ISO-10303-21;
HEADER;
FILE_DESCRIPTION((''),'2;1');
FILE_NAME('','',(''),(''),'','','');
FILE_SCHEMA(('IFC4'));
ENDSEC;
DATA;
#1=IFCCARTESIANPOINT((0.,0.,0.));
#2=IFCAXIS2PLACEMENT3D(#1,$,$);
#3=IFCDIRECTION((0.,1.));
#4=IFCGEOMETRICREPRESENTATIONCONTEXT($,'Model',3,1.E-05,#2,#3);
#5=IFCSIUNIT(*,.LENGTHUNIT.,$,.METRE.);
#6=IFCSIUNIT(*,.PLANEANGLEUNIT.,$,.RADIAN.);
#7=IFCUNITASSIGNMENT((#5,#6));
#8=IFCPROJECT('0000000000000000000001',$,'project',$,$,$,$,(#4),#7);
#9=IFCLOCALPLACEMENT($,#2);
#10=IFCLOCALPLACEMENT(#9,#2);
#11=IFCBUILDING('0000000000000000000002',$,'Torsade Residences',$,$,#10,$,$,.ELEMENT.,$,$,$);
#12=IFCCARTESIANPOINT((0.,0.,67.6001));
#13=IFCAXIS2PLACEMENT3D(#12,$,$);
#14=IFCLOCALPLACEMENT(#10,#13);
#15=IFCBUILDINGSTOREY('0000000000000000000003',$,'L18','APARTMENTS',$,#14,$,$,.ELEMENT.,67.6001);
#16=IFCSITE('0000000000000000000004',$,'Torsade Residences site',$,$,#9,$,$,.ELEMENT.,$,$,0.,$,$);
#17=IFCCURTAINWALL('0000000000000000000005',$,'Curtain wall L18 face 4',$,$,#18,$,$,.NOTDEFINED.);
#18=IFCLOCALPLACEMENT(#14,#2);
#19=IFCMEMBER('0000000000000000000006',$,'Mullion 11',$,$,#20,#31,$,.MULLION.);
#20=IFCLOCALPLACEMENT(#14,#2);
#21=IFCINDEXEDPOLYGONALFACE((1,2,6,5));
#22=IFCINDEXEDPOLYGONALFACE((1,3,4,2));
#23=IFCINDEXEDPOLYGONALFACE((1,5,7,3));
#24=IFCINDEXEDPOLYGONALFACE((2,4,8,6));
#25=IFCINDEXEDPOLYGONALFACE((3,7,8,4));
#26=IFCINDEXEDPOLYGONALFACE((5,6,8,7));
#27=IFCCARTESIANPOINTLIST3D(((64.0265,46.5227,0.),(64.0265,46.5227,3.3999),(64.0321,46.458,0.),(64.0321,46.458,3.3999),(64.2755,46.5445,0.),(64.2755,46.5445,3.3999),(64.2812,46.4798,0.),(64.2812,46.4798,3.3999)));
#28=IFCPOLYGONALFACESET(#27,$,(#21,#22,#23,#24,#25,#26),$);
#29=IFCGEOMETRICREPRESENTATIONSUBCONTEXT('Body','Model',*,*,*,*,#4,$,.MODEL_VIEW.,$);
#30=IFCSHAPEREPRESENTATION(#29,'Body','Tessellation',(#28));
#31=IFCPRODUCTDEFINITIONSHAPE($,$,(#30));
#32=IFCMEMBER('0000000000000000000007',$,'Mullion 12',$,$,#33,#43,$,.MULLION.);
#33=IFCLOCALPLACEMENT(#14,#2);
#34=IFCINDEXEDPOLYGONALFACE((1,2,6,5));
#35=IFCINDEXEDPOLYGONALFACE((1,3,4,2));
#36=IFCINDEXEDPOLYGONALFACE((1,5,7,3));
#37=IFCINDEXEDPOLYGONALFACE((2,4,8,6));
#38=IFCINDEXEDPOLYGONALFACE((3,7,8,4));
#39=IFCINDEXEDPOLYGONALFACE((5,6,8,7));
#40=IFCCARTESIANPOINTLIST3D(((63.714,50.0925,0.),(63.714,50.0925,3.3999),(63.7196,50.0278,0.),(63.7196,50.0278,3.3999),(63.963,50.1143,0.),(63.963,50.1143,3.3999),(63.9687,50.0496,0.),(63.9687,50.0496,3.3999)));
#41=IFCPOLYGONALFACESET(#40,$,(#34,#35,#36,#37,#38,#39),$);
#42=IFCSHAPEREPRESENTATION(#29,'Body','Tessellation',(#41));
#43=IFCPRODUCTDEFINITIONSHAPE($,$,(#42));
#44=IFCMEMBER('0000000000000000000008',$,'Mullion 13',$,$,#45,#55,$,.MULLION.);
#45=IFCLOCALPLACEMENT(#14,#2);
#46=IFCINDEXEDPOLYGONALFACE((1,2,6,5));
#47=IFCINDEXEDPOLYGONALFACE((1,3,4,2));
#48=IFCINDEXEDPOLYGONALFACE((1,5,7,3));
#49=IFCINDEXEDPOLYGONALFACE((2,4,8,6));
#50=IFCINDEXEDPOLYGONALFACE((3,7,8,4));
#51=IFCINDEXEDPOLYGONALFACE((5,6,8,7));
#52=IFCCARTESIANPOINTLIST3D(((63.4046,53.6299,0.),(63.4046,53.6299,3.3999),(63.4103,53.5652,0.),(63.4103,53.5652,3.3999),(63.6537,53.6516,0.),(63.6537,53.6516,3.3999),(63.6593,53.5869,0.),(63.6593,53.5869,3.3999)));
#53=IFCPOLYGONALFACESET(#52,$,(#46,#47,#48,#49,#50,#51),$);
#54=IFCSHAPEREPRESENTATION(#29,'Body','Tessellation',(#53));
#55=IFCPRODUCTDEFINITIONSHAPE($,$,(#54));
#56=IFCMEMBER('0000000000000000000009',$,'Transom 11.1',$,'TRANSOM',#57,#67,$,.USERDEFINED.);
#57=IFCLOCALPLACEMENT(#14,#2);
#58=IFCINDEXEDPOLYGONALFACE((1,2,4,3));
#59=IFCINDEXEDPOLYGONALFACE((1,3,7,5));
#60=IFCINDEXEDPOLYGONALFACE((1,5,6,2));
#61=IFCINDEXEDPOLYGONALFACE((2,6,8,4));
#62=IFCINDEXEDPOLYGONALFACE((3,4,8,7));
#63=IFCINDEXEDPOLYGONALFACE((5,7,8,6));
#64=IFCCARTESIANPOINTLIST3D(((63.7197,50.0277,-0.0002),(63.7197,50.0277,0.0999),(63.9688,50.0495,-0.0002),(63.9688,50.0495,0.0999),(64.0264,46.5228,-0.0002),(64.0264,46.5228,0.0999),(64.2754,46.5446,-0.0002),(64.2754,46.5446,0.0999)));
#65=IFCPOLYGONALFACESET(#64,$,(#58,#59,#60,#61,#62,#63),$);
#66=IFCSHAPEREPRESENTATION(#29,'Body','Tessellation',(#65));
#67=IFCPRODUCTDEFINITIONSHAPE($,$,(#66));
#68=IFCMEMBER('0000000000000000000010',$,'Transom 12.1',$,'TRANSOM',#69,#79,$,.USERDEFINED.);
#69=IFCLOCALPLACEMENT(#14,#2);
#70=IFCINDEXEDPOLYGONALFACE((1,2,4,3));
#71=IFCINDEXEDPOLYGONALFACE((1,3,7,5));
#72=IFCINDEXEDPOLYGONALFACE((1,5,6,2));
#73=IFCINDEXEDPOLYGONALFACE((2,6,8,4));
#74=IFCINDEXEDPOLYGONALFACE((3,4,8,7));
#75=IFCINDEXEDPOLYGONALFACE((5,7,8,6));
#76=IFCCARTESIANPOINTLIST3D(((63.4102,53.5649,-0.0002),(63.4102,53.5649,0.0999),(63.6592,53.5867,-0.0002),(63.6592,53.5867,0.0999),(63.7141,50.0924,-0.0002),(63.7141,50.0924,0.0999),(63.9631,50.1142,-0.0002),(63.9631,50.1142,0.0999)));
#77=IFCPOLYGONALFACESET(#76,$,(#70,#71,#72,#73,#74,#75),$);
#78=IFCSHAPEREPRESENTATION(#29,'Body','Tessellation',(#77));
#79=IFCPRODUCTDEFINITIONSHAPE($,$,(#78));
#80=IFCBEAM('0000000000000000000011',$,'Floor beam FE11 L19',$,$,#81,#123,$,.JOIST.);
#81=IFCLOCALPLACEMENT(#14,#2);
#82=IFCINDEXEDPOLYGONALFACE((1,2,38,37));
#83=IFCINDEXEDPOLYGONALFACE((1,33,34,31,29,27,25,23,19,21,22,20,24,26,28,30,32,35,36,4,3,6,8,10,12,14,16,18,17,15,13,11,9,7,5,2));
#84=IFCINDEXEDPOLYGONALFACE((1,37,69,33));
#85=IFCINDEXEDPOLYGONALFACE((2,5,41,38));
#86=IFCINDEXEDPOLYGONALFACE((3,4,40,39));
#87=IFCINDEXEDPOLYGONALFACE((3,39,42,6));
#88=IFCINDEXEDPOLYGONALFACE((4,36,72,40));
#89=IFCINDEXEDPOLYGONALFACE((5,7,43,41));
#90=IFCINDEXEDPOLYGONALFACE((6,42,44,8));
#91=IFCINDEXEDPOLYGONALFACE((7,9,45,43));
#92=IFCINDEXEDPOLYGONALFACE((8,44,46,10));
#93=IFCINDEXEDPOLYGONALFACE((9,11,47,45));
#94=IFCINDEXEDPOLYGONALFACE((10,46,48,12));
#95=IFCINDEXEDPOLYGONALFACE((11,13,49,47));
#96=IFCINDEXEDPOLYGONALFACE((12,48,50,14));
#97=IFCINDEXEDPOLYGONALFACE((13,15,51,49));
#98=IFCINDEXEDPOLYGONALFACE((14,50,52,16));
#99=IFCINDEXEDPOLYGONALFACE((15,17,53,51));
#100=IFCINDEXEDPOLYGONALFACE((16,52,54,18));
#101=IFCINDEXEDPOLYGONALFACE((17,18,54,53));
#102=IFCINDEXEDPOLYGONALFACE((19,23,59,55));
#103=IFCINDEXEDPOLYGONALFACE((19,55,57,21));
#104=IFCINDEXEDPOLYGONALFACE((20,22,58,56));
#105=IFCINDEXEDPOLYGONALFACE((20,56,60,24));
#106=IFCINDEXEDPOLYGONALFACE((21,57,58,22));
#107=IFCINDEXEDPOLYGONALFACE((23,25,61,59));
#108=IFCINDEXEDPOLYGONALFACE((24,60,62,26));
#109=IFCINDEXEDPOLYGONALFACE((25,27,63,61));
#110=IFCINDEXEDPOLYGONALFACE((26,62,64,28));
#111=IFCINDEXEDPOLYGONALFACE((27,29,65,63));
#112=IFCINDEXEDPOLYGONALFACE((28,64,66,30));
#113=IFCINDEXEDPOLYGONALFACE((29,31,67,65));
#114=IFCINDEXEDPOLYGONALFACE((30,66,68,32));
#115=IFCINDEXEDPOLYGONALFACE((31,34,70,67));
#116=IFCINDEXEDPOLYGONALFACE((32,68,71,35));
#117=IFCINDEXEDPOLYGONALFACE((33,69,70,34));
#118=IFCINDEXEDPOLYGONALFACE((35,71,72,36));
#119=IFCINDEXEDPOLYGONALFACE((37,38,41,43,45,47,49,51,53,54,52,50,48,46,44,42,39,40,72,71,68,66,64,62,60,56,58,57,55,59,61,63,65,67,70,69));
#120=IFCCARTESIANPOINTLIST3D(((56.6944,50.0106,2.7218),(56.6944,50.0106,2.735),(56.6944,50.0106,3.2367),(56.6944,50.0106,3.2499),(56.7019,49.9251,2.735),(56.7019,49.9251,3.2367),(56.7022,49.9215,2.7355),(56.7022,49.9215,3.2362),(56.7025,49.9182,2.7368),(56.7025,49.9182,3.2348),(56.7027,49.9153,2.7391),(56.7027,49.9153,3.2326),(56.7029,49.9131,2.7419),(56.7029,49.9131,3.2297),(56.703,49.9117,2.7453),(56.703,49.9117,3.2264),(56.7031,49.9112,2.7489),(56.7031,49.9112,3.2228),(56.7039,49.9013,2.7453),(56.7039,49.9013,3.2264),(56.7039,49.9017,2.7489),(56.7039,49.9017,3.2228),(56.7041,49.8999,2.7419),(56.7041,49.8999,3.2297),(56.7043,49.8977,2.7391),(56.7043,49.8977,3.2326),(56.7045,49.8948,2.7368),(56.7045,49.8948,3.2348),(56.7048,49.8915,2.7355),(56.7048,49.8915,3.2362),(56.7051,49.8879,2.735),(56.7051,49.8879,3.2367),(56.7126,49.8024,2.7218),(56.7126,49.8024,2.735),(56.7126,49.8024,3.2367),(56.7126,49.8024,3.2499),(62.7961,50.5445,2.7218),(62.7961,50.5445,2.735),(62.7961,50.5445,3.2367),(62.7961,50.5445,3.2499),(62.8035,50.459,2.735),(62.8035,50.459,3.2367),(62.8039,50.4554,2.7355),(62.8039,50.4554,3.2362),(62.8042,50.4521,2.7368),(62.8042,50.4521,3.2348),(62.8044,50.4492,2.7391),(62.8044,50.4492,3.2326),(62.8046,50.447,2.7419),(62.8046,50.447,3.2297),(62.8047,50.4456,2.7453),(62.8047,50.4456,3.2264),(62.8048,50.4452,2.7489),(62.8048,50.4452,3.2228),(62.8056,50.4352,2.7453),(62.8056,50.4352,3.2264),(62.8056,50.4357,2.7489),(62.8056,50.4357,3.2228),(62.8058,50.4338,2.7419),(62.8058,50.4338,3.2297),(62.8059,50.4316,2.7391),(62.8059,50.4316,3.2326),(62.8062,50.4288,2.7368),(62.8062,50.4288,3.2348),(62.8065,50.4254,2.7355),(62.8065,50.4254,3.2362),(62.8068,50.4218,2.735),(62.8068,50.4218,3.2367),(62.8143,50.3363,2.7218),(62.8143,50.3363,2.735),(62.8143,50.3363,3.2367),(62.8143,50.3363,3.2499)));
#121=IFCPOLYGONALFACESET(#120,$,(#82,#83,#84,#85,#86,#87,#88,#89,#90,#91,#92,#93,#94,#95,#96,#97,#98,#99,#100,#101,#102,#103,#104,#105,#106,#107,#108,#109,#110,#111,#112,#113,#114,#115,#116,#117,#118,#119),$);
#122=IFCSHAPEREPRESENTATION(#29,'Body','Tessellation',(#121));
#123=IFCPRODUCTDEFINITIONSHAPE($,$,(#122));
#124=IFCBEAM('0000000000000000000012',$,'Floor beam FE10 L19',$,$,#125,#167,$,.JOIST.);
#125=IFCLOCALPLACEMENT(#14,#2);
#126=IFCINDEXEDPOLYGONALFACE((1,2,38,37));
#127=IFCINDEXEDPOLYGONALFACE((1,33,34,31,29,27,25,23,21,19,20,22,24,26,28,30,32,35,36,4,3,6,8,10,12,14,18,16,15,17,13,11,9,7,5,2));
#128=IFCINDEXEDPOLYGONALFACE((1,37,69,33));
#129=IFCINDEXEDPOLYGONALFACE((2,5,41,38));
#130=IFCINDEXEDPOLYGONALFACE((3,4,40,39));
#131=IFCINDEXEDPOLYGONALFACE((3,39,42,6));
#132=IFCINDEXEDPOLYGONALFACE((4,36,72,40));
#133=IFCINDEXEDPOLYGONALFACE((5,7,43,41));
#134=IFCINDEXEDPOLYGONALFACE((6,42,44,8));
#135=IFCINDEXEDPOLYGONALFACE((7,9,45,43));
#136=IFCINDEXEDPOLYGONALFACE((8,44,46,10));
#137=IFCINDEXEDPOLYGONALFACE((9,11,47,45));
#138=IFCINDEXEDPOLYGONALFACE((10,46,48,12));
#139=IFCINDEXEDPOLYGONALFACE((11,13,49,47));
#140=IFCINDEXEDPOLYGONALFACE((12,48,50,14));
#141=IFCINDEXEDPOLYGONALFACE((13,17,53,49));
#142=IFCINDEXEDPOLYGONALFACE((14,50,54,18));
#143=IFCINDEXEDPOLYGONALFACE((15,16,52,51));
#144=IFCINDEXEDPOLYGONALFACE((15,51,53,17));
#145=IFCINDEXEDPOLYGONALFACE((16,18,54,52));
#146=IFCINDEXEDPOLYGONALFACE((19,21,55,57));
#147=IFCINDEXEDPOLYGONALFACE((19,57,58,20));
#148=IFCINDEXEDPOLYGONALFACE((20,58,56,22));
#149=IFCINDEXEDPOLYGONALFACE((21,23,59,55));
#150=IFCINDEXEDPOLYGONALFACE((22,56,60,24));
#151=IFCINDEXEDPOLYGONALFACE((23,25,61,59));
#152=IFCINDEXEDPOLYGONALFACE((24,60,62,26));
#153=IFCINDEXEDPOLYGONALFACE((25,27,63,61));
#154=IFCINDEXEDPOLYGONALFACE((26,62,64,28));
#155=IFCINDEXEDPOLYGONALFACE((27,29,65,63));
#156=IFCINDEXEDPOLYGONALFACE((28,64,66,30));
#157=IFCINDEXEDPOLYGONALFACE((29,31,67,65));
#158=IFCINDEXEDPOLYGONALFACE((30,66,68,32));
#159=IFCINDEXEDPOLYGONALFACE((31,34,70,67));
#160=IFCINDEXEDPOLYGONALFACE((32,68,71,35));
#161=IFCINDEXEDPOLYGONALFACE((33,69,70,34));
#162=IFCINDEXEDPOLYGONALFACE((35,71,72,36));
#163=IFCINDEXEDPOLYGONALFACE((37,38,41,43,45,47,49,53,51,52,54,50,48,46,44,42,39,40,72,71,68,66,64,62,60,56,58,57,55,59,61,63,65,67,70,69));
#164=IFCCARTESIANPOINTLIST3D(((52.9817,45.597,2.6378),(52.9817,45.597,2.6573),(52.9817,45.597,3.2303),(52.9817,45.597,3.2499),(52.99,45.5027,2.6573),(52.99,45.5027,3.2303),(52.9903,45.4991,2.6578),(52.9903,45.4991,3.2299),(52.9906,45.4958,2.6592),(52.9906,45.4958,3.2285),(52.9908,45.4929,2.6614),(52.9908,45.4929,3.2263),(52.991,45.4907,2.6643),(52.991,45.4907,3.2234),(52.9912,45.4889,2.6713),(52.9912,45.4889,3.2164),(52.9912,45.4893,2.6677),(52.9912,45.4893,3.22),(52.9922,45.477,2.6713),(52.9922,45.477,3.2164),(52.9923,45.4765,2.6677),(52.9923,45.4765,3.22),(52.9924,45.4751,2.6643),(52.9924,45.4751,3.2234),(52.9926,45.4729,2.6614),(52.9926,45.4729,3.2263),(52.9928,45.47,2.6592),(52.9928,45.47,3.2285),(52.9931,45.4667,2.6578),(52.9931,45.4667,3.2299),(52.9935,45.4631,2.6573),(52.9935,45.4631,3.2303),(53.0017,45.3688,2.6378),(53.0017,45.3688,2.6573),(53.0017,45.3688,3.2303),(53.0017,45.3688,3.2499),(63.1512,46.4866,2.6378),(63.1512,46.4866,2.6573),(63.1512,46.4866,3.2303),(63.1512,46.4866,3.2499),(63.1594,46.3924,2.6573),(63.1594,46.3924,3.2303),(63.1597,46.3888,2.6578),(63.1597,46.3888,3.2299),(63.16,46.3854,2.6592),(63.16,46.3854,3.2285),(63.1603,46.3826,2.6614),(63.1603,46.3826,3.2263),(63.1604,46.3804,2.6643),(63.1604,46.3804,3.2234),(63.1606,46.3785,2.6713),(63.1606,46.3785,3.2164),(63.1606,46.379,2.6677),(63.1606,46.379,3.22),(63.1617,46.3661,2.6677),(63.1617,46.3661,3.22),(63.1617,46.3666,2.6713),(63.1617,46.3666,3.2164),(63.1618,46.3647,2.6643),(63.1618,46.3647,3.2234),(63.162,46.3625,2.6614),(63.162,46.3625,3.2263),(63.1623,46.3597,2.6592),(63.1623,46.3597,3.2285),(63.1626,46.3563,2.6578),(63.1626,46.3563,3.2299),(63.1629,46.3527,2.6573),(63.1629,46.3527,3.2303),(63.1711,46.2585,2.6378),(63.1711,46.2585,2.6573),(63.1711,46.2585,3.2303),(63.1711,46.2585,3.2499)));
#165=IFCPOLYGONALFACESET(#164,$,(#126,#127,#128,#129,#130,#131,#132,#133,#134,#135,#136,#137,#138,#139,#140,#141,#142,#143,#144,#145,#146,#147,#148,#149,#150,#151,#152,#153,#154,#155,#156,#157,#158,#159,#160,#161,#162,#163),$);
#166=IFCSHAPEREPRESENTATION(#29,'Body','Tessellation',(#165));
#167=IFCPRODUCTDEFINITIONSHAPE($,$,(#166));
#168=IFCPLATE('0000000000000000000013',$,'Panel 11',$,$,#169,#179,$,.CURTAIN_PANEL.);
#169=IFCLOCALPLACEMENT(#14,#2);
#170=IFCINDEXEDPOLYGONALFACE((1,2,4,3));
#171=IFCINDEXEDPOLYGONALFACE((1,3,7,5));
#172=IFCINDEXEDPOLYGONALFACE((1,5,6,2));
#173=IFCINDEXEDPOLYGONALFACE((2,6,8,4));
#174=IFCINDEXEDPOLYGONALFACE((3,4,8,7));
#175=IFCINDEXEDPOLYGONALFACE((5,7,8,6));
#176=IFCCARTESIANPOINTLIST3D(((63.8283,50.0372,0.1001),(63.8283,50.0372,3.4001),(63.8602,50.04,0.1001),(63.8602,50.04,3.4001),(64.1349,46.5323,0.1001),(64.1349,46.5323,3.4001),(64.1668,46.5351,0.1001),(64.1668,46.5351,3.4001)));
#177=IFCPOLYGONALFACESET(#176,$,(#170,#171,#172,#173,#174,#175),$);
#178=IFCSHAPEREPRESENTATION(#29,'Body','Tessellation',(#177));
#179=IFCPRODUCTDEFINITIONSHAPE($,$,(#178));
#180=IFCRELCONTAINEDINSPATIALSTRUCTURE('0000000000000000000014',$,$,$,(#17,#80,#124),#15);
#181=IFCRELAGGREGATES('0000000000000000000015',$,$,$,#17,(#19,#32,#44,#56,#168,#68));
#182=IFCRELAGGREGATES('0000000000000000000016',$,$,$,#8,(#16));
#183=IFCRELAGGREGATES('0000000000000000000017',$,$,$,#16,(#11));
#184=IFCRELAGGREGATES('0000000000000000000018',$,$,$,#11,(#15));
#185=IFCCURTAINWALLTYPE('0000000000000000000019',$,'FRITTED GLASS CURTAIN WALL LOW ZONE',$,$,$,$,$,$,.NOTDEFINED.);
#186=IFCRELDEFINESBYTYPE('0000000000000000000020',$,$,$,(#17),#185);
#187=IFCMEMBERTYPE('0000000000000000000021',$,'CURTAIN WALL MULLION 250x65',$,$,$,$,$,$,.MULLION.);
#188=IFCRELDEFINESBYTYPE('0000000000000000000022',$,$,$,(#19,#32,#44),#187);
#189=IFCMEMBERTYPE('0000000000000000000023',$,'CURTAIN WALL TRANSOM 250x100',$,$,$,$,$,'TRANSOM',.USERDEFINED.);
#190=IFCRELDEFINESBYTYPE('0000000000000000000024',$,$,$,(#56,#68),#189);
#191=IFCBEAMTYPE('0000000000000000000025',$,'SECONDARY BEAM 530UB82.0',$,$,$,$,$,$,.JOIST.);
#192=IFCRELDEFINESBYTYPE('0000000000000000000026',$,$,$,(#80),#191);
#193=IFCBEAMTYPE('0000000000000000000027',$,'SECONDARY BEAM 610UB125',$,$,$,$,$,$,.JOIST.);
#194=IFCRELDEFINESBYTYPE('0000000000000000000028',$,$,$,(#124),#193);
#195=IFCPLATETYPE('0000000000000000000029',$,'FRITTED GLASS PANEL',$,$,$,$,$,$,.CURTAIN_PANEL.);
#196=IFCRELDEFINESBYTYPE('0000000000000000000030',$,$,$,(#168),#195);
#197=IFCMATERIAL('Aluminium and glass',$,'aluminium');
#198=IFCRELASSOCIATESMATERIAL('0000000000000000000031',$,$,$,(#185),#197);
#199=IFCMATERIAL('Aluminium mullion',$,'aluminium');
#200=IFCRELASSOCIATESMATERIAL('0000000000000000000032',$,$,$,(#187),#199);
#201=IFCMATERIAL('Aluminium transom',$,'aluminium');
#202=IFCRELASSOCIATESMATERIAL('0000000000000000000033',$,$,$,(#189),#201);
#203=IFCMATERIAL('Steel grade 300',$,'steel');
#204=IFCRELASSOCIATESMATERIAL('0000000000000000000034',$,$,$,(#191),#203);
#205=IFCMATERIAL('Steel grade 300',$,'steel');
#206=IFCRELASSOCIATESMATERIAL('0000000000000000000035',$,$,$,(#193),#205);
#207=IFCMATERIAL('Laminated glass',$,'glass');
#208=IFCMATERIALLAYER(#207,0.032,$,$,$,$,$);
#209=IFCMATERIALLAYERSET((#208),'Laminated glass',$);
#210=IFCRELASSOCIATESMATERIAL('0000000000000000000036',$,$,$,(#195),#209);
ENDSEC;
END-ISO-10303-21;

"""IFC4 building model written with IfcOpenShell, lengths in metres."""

from ifc_helpers import new_model, si_unit, direction, frame, origin, origin_2d, place, context, subcontext, project, spatial, rectangle, i_section, extrude, material, layer, layer_set, material_profile, profile_set, type_object, element, aggregate, save


model = new_model("IFC4")

# Units and contexts
model_context = context("Model", 3, precision=1e-05, world=origin(), true_north=direction((0.0, 1.0)))
body_context = subcontext(model_context, "Body", "Model", "MODEL_VIEW")
ifc_project = project(units=[si_unit("LENGTHUNIT", "METRE"), si_unit("PLANEANGLEUNIT", "RADIAN")], contexts=[model_context])

# Site, building, storey
site_placement = place(None, origin())
site = spatial("IfcSite", under=ifc_project, at=site_placement, Name="Torsade Residences site", CompositionType="ELEMENT", RefElevation=0.0)
building_placement = place(site_placement, origin())
building = spatial("IfcBuilding", under=site, at=building_placement, Name="Torsade Residences", CompositionType="ELEMENT")
storey_placement = place(building_placement, frame((0.0, 0.0, 67.6001)))
storey = spatial("IfcBuildingStorey", under=building, at=storey_placement, Name="L18", Description="APARTMENTS", CompositionType="ELEMENT", Elevation=67.6001)

# Curtain wall, members
ifc_material_1 = material(Name="Aluminium and glass", Category="aluminium")
curtain_wall_type = type_object("IfcCurtainWallType", Name="FRITTED GLASS CURTAIN WALL LOW ZONE", PredefinedType="NOTDEFINED", material=ifc_material_1)
curtain_wall_placement = place(storey_placement, origin())
curtain_wall = element("IfcCurtainWall", 1, at=curtain_wall_placement, inside=storey, type_object=curtain_wall_type, Name="Curtain wall L18 face 4", PredefinedType="NOTDEFINED")
ifc_material_2 = material(Name="Aluminium mullion", Category="aluminium")
ifc_material_profile_1 = material_profile(ifc_material_2, rectangle(XDim=0.25, YDim=0.0649, at=origin_2d()), Name="CURTAIN WALL MULLION 250x65")
ifc_profile_set_1 = profile_set([ifc_material_profile_1], Name="Aluminium mullion")
member_type_1 = type_object("IfcMemberType", Name="CURTAIN WALL MULLION 250x65", PredefinedType="MULLION", material=ifc_profile_set_1)
member_1_placement = place(storey_placement, frame((64.1538, 46.5012, 0.0), z_axis=(0.0, 0.0, 1.0), x_axis=(-0.996195, -0.087156, 0.0)))
member_1 = element("IfcMember", 2, at=member_1_placement, type_object=member_type_1, Name="Mullion 11", PredefinedType="MULLION", context=body_context, shape_type="SweptSolid", body=[
    extrude(rectangle(XDim=0.25, YDim=0.0649, at=origin_2d()), origin(), (0.0, 0.0, 1.0), 3.3999),
])
member_2_placement = place(storey_placement, frame((63.8413, 50.071, 0.0), z_axis=(0.0, 0.0, 1.0), x_axis=(-0.996195, -0.087156, 0.0)))
member_2 = element("IfcMember", 3, at=member_2_placement, type_object=member_type_1, Name="Mullion 12", PredefinedType="MULLION", context=body_context, shape_type="SweptSolid", body=[
    extrude(rectangle(XDim=0.25, YDim=0.0649, at=origin_2d()), origin(), (0.0, 0.0, 1.0), 3.3999),
])
member_3_placement = place(storey_placement, frame((63.532, 53.6084, 0.0), z_axis=(0.0, 0.0, 1.0), x_axis=(-0.996195, -0.087156, 0.0)))
member_3 = element("IfcMember", 4, at=member_3_placement, type_object=member_type_1, Name="Mullion 13", PredefinedType="MULLION", context=body_context, shape_type="SweptSolid", body=[
    extrude(rectangle(XDim=0.25, YDim=0.0649, at=origin_2d()), origin(), (0.0, 0.0, 1.0), 3.3999),
])
ifc_material_3 = material(Name="Aluminium transom", Category="aluminium")
ifc_material_profile_2 = material_profile(ifc_material_3, rectangle(XDim=0.25, YDim=0.1001, at=origin_2d()), Name="CURTAIN WALL TRANSOM 250x100")
ifc_profile_set_2 = profile_set([ifc_material_profile_2], Name="Aluminium transom")
member_type_2 = type_object("IfcMemberType", Name="CURTAIN WALL TRANSOM 250x100", ElementType="TRANSOM", PredefinedType="USERDEFINED", material=ifc_profile_set_2)
member_4_placement = place(storey_placement, frame((64.1509, 46.5337, 0.0498), z_axis=(-0.087157, 0.996195, 0.0), x_axis=(-0.996195, -0.087157, 0.0)))
member_4 = element("IfcMember", 5, at=member_4_placement, type_object=member_type_2, Name="Transom 11.1", ObjectType="TRANSOM", PredefinedType="USERDEFINED", context=body_context, shape_type="SweptSolid", body=[
    extrude(rectangle(XDim=0.25, YDim=0.1001, at=origin_2d()), origin(), (0.0, 0.0, 1.0), 3.5183),
])
member_5_placement = place(storey_placement, frame((63.8386, 50.1033, 0.0498), z_axis=(-0.087195, 0.996191, 0.0), x_axis=(-0.996191, -0.087195, 0.0)))
member_5 = element("IfcMember", 6, at=member_5_placement, type_object=member_type_2, Name="Transom 12.1", ObjectType="TRANSOM", PredefinedType="USERDEFINED", context=body_context, shape_type="SweptSolid", body=[
    extrude(rectangle(XDim=0.25, YDim=0.1001, at=origin_2d()), origin(), (0.0, 0.0, 1.0), 3.4858),
])

# Beams
ifc_material_4 = material(Name="Steel grade 300", Category="steel")
ifc_material_profile_3 = material_profile(ifc_material_4, i_section(OverallWidth=0.209, OverallDepth=0.5281, WebThickness=0.0095, FlangeThickness=0.0132, FilletRadius=0.0139, at=origin_2d()), Name="530UB82.0")
ifc_profile_set_3 = profile_set([ifc_material_profile_3], Name="Steel grade 300")
beam_type_1 = type_object("IfcBeamType", Name="SECONDARY BEAM 530UB82.0", PredefinedType="JOIST", material=ifc_profile_set_3)
beam_1_placement = place(storey_placement, frame((62.8052, 50.4404, 2.9858), z_axis=(-0.996193, -0.087175, 0.0), x_axis=(0.087175, -0.996193, 0.0)))
element("IfcBeam", 7, at=beam_1_placement, inside=storey, type_object=beam_type_1, Name="Floor beam FE11 L19", PredefinedType="JOIST", context=body_context, shape_type="SweptSolid", body=[
    extrude(i_section(OverallWidth=0.209, OverallDepth=0.5281, WebThickness=0.0095, FlangeThickness=0.0132, FilletRadius=0.0139, at=origin_2d()), origin(), (0.0, 0.0, 1.0), 6.125),
])
ifc_material_5 = material(Name="Steel grade 300", Category="steel")
ifc_material_profile_4 = material_profile(ifc_material_5, i_section(OverallWidth=0.229, OverallDepth=0.6121, WebThickness=0.012, FlangeThickness=0.0195, FilletRadius=0.0139, at=origin_2d()), Name="610UB125")
ifc_profile_set_4 = profile_set([ifc_material_profile_4], Name="Steel grade 300")
beam_type_2 = type_object("IfcBeamType", Name="SECONDARY BEAM 610UB125", PredefinedType="JOIST", material=ifc_profile_set_4)
beam_2_placement = place(storey_placement, frame((63.1611, 46.3726, 2.9438), z_axis=(-0.996195, -0.08715, 0.0), x_axis=(0.08715, -0.996195, 0.0)))
element("IfcBeam", 8, at=beam_2_placement, inside=storey, type_object=beam_type_2, Name="Floor beam FE10 L19", PredefinedType="JOIST", context=body_context, shape_type="SweptSolid", body=[
    extrude(i_section(OverallWidth=0.229, OverallDepth=0.6121, WebThickness=0.012, FlangeThickness=0.0195, FilletRadius=0.0139, at=origin_2d()), origin(), (0.0, 0.0, 1.0), 10.2083),
])

# Plate
ifc_material_6 = material(Name="Laminated glass", Category="glass")
ifc_layer_1 = layer(ifc_material_6, 0.032)
ifc_layer_set_1 = layer_set([ifc_layer_1], Name="Laminated glass")
plate_type = type_object("IfcPlateType", Name="FRITTED GLASS PANEL", PredefinedType="CURTAIN_PANEL", material=ifc_layer_set_1)
plate_1_placement = place(storey_placement, frame((63.9976, 48.2861, 0.1001), z_axis=(0.0, 0.0, 1.0), x_axis=(-0.087156, 0.996195, 0.0)))
plate_1 = element("IfcPlate", 9, at=plate_1_placement, type_object=plate_type, Name="Panel 11", PredefinedType="CURTAIN_PANEL", context=body_context, shape_type="SweptSolid", body=[
    extrude(rectangle(XDim=3.5183, YDim=0.032, at=origin_2d()), origin(), (0.0, 0.0, 1.0), 3.3),
])
aggregate(curtain_wall, [member_1, member_2, member_3, member_4, plate_1, member_5])

save(model, "model.ifc")
